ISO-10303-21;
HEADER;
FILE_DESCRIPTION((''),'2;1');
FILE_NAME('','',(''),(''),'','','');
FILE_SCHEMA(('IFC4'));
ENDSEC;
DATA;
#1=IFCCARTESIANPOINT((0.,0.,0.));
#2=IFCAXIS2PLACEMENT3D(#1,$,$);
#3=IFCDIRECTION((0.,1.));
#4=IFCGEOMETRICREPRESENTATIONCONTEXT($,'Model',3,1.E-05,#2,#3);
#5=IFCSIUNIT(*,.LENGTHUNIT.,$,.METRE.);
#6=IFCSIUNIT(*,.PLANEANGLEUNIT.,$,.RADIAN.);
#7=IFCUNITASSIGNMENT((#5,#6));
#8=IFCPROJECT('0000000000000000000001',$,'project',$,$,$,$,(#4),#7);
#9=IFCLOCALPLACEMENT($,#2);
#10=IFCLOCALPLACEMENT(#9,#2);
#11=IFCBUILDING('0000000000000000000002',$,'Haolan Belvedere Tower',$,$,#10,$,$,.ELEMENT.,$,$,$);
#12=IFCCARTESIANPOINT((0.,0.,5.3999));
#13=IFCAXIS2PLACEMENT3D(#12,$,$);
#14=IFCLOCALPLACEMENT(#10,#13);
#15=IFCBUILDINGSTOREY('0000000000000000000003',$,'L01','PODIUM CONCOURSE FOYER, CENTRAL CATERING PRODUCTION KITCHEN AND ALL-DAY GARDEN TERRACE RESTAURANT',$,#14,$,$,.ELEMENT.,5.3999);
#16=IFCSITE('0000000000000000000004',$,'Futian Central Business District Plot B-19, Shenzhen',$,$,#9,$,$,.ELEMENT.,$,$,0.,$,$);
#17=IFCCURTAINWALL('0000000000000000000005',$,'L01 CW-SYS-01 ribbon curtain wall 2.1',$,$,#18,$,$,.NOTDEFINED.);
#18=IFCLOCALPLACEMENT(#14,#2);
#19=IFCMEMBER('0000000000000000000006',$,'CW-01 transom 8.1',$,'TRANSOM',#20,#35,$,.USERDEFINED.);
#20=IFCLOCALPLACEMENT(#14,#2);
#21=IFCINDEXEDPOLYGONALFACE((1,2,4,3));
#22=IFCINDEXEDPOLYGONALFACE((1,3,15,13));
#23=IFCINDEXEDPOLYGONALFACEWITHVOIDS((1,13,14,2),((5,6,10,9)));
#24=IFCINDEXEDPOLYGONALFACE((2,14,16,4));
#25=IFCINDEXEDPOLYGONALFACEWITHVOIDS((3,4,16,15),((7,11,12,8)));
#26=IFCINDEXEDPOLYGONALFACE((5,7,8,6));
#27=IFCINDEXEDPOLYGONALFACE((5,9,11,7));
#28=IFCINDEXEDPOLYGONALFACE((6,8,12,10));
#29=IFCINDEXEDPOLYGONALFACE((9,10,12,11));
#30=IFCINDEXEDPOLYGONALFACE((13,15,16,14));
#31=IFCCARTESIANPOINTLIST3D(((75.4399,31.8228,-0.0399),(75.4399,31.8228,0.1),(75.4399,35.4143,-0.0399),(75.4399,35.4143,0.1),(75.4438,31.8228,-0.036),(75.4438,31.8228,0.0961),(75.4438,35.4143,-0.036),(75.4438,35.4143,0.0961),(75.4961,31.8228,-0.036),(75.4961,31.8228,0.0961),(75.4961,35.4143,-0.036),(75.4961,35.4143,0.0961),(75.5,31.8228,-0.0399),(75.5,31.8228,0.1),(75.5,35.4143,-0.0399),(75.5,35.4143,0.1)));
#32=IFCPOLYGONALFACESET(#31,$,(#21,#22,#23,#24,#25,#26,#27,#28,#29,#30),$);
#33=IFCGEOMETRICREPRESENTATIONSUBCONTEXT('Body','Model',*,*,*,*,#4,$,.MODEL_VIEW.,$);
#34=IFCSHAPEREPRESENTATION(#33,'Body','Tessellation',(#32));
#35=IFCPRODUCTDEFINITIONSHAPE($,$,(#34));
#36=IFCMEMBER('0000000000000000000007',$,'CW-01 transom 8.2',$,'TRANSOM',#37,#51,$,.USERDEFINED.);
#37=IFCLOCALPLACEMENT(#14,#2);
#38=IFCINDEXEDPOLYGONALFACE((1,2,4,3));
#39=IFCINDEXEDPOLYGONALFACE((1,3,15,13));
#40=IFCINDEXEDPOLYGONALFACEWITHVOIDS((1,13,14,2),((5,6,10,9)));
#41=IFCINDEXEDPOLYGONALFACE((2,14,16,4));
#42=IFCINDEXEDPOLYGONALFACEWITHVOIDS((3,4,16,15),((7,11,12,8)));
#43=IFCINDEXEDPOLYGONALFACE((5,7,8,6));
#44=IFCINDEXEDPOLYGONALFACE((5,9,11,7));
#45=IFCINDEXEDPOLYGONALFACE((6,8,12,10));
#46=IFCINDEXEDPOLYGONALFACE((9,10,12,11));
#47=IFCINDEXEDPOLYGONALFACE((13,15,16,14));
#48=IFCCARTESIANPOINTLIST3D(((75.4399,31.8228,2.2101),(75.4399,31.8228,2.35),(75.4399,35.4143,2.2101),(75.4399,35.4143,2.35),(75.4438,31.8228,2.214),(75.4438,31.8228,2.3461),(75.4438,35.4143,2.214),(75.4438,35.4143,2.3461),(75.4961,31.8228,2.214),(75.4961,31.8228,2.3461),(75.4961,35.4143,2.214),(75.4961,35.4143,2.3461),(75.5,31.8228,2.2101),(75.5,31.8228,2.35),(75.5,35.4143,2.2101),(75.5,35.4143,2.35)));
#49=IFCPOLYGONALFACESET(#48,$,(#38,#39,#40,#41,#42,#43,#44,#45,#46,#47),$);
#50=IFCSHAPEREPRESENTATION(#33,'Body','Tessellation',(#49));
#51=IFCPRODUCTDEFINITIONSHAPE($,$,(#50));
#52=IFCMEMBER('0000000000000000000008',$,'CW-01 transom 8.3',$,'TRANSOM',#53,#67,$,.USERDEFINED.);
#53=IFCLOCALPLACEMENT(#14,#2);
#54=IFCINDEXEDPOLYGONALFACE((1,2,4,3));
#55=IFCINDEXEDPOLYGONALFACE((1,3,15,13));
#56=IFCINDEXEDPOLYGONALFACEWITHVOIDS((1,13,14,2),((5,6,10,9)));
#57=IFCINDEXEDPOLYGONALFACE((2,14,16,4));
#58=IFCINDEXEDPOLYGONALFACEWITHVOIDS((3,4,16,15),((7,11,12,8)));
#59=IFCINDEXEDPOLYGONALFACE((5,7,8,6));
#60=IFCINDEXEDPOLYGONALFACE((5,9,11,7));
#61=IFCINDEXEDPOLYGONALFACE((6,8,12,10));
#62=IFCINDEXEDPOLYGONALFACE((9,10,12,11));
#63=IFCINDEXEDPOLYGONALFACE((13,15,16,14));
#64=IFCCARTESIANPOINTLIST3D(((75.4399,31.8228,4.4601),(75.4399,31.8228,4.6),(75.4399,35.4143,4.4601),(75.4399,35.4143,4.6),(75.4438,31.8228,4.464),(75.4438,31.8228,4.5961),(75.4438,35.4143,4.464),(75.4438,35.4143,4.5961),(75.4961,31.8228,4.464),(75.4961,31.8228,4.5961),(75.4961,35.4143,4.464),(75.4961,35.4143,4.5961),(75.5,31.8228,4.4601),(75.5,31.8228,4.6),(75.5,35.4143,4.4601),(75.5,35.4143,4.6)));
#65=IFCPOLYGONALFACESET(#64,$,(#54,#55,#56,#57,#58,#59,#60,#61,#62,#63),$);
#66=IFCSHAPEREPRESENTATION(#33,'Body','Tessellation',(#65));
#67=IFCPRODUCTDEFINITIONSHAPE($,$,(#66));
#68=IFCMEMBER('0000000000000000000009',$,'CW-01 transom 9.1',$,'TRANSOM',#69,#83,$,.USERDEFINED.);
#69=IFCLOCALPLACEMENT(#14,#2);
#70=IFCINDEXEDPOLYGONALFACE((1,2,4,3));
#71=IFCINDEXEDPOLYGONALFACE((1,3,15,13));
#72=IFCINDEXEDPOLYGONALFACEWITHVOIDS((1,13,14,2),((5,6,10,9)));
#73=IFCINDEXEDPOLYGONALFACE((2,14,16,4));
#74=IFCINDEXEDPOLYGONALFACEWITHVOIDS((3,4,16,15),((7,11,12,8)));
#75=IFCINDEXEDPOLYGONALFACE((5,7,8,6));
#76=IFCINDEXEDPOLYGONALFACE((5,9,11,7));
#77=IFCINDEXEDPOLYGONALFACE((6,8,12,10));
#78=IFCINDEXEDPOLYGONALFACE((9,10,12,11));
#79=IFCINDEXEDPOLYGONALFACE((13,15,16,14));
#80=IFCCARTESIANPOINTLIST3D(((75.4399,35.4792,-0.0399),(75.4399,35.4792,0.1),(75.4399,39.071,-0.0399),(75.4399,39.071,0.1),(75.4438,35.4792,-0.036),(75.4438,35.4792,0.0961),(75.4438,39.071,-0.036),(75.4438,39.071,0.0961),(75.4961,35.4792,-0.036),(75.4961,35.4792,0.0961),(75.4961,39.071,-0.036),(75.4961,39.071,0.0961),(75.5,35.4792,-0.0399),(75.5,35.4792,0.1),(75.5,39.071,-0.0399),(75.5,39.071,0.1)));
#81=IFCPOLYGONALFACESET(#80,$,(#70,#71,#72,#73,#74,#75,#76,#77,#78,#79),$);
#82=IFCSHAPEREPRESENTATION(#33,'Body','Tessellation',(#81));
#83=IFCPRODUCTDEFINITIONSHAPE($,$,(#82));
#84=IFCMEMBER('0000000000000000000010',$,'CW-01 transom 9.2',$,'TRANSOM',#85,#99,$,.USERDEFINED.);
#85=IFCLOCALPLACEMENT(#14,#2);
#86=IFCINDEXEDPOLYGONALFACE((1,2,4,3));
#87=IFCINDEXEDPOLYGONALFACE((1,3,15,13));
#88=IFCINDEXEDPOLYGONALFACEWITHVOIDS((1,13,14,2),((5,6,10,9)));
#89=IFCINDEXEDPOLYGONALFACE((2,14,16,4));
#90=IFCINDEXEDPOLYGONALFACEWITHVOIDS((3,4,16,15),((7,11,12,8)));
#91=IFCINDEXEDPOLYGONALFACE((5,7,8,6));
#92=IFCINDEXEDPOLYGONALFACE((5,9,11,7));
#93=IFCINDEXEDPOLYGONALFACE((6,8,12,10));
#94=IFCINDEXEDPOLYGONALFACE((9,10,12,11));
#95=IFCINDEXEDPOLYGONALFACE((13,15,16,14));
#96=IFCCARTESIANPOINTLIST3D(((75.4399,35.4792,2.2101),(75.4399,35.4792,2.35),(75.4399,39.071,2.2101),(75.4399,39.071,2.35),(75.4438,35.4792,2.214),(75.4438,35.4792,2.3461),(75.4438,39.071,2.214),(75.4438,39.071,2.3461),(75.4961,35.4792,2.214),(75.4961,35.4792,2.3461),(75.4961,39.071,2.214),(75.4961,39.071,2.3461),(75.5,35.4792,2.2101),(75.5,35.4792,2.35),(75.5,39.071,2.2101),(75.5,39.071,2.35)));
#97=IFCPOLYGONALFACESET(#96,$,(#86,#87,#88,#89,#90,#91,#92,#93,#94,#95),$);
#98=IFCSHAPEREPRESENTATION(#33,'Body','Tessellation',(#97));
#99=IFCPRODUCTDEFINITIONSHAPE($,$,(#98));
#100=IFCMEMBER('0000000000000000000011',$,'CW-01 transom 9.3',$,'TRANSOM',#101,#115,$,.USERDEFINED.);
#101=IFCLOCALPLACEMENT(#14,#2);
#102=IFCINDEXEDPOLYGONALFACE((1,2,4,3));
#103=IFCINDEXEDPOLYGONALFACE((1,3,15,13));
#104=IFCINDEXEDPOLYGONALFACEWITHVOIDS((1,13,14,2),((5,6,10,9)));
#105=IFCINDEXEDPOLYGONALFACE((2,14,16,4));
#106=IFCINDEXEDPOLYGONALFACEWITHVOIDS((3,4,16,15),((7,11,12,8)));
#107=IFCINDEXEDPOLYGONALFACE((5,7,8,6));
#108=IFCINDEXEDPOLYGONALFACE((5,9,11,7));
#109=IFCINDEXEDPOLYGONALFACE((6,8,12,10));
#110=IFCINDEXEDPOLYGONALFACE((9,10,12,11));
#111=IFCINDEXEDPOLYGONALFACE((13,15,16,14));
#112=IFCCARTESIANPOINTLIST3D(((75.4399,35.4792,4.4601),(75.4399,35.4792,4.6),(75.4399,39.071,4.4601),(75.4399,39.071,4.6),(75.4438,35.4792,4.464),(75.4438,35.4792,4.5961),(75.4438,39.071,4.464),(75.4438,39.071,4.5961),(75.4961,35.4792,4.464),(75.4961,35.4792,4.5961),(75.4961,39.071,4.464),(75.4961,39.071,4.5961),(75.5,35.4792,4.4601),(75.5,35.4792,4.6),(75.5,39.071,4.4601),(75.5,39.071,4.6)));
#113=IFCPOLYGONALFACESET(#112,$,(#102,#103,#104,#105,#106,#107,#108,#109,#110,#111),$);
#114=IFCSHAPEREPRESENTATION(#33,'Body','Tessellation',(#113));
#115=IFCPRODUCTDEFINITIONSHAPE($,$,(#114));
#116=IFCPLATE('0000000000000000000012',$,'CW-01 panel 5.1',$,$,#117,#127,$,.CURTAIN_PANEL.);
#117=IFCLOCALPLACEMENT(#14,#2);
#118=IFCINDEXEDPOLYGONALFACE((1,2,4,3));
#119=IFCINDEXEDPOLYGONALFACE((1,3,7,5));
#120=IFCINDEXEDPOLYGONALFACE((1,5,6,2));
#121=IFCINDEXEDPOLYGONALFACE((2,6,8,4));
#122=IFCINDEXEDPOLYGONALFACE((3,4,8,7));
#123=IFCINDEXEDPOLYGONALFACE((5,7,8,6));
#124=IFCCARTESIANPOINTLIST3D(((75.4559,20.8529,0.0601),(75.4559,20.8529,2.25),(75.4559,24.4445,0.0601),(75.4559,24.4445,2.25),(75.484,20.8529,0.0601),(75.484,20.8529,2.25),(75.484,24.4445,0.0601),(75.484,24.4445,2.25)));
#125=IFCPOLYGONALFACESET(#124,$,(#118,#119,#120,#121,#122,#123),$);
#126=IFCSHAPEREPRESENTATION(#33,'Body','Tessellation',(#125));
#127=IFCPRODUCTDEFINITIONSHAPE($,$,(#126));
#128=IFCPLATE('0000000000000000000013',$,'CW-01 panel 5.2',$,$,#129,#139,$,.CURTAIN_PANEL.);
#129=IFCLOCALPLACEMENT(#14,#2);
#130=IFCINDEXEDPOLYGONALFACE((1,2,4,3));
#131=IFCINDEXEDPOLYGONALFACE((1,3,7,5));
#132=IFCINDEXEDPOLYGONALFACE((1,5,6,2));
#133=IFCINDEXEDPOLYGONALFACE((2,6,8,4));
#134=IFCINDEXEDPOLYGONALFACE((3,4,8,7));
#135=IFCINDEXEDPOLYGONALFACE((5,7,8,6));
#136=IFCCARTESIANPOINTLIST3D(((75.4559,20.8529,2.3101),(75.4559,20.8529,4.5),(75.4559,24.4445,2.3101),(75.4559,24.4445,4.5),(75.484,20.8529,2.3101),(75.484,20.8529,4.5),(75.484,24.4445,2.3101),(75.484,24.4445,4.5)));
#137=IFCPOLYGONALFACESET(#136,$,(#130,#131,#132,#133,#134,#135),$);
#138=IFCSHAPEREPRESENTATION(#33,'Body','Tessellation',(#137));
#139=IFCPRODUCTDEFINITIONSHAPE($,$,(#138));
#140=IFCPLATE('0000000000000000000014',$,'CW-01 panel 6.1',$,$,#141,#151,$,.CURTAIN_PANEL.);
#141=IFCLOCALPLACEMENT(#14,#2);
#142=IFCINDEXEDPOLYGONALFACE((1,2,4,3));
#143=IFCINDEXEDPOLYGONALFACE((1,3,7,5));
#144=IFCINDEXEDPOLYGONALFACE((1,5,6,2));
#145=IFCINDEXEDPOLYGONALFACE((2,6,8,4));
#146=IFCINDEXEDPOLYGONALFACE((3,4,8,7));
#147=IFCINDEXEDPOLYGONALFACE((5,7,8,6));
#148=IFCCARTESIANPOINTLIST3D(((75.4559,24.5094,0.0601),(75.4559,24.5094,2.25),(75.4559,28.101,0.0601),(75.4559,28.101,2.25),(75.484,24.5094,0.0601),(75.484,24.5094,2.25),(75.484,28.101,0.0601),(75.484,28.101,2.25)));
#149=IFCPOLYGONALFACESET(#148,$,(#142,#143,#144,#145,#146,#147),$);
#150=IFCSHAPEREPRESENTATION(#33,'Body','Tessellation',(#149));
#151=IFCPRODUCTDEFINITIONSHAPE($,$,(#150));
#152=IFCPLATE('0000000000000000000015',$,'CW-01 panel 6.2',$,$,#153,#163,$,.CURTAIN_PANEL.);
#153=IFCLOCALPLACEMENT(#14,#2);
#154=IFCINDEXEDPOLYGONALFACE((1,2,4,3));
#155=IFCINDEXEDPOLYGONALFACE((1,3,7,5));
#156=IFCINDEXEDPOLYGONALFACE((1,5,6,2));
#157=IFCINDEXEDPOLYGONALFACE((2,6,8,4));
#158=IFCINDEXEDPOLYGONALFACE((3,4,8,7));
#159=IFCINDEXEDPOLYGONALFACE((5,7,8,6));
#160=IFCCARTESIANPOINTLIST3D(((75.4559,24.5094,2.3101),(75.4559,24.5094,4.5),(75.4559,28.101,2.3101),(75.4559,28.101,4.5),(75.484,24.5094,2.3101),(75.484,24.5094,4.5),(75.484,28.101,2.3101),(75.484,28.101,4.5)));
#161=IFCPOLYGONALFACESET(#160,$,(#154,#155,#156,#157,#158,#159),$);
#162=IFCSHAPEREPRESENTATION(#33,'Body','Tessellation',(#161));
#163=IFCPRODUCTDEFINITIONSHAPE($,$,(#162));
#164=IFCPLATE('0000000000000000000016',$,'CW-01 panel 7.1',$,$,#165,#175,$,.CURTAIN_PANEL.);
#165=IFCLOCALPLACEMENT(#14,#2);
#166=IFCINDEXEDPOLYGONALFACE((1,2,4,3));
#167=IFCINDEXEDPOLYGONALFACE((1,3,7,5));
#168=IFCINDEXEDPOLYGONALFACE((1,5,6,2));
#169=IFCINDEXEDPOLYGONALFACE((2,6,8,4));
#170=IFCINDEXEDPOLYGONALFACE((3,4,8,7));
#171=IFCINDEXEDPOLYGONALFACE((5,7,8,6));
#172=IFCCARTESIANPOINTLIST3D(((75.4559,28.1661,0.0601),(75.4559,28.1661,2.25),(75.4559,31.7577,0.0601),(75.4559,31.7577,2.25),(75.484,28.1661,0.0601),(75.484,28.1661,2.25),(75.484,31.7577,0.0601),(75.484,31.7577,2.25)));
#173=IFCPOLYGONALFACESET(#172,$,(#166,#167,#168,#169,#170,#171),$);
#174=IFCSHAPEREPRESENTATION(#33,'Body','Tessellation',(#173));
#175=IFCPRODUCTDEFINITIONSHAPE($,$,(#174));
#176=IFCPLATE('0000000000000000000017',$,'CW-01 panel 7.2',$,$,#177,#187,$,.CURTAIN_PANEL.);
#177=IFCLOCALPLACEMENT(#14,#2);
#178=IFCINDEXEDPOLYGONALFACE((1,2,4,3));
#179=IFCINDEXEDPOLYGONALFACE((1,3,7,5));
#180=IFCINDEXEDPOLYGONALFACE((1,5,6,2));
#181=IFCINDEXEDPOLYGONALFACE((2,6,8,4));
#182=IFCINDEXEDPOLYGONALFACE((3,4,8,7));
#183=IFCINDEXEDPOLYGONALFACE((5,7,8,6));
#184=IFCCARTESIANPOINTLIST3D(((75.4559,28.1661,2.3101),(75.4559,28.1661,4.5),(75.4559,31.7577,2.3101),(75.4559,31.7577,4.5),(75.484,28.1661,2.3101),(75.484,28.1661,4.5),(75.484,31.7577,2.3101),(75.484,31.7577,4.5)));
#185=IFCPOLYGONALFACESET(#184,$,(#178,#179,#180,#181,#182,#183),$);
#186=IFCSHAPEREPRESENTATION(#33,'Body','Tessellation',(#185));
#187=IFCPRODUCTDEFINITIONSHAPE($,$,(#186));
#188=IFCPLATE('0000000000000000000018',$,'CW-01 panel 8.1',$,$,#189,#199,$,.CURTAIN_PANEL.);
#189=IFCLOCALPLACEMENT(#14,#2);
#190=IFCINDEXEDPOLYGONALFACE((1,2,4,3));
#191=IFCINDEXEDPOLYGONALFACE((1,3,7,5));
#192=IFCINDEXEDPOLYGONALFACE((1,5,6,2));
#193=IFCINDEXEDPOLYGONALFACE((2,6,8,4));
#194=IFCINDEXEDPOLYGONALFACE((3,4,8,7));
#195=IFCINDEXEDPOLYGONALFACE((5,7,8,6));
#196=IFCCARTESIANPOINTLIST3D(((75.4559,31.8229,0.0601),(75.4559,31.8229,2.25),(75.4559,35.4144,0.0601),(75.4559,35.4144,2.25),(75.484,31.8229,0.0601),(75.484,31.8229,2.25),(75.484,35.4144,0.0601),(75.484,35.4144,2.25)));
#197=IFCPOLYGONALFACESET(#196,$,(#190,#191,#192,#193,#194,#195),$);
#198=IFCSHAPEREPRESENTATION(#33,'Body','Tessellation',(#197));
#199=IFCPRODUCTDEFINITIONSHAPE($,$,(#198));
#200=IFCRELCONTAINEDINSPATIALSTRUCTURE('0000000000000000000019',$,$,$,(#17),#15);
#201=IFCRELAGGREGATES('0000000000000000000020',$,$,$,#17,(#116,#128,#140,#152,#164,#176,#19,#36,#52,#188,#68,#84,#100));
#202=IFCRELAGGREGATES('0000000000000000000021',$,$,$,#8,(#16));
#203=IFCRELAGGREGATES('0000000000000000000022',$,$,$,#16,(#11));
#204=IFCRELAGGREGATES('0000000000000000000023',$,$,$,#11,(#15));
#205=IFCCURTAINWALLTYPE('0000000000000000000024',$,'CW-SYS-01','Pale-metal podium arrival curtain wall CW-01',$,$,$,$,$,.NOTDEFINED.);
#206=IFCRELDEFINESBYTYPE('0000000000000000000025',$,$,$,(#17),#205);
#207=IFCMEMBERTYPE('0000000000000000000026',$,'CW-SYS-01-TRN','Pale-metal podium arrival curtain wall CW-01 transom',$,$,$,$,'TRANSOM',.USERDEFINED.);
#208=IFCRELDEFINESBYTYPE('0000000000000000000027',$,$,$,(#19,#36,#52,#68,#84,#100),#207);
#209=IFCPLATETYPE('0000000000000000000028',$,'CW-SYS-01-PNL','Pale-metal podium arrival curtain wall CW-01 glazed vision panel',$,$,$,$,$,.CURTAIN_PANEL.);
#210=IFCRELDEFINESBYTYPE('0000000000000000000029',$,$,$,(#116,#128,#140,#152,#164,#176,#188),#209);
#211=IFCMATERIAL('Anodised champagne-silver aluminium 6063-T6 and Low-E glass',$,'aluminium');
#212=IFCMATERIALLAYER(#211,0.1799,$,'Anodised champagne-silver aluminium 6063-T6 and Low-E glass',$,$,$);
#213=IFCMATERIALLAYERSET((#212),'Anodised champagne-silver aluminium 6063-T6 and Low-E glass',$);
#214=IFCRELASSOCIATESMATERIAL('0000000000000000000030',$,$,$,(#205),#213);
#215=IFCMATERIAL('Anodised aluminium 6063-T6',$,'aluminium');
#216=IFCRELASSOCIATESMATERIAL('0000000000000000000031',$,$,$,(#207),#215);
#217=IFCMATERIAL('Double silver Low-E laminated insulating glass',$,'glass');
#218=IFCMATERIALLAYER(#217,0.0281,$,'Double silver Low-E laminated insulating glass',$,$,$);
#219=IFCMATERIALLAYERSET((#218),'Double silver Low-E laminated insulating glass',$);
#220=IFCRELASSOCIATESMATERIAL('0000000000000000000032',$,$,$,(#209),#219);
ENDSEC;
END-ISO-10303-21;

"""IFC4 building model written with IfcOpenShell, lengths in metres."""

from ifc_helpers import new_model, si_unit, direction, frame, origin, origin_2d, place, context, subcontext, project, spatial, rectangle, hollow_rectangle, extrude, material, layer, layer_set, material_profile, profile_set, type_object, element, aggregate, save


model = new_model("IFC4")

# Units and contexts
model_context = context("Model", 3, precision=1e-05, world=origin(), true_north=direction((0.0, 1.0)))
body_context = subcontext(model_context, "Body", "Model", "MODEL_VIEW")
ifc_project = project(units=[si_unit("LENGTHUNIT", "METRE"), si_unit("PLANEANGLEUNIT", "RADIAN")], contexts=[model_context])

# Site, building, storey
site_placement = place(None, origin())
site = spatial("IfcSite", under=ifc_project, at=site_placement, Name="Futian Central Business District Plot B-19, Shenzhen", CompositionType="ELEMENT", RefElevation=0.0)
building_placement = place(site_placement, origin())
building = spatial("IfcBuilding", under=site, at=building_placement, Name="Haolan Belvedere Tower", CompositionType="ELEMENT")
storey_placement = place(building_placement, frame((0.0, 0.0, 5.3999)))
storey = spatial("IfcBuildingStorey", under=building, at=storey_placement, Name="L01", Description="PODIUM CONCOURSE FOYER, CENTRAL CATERING PRODUCTION KITCHEN AND ALL-DAY GARDEN TERRACE RESTAURANT", CompositionType="ELEMENT", Elevation=5.3999)

# Curtain wall, members, plates
ifc_material_1 = material(Name="Anodised champagne-silver aluminium 6063-T6 and Low-E glass", Category="aluminium")
ifc_layer_1 = layer(ifc_material_1, 0.1799, Name="Anodised champagne-silver aluminium 6063-T6 and Low-E glass")
ifc_layer_set_1 = layer_set([ifc_layer_1], Name="Anodised champagne-silver aluminium 6063-T6 and Low-E glass")
curtain_wall_type = type_object("IfcCurtainWallType", Name="CW-SYS-01", Description="Pale-metal podium arrival curtain wall CW-01", PredefinedType="NOTDEFINED", material=ifc_layer_set_1)
curtain_wall_placement = place(storey_placement, origin())
curtain_wall = element("IfcCurtainWall", 1, at=curtain_wall_placement, inside=storey, type_object=curtain_wall_type, Name="L01 CW-SYS-01 ribbon curtain wall 2.1", PredefinedType="NOTDEFINED")
ifc_material_2 = material(Name="Anodised aluminium 6063-T6", Category="aluminium")
ifc_material_profile_1 = material_profile(ifc_material_2, hollow_rectangle(XDim=0.0601, YDim=0.1399, WallThickness=0.0039, at=origin_2d()), Name="Anodised aluminium 6063-T6")
ifc_profile_set_1 = profile_set([ifc_material_profile_1], Name="Anodised aluminium 6063-T6")
member_type_1 = type_object("IfcMemberType", Name="CW-SYS-01-TRN", Description="Pale-metal podium arrival curtain wall CW-01 transom", ElementType="TRANSOM", PredefinedType="USERDEFINED", material=ifc_profile_set_1)
member_1_placement = place(storey_placement, frame((75.47, 31.8228, 0.03), z_axis=(0.0, 1.0, 0.0), x_axis=(-1.0, 0.0, 0.0)))
member_1 = element("IfcMember", 2, at=member_1_placement, type_object=member_type_1, Name="CW-01 transom 8.1", ObjectType="TRANSOM", PredefinedType="USERDEFINED", context=body_context, shape_type="SweptSolid", body=[
    extrude(hollow_rectangle(XDim=0.0601, YDim=0.1399, WallThickness=0.0039, at=origin_2d()), origin(), (0.0, 0.0, 1.0), 3.5916),
])
member_2_placement = place(storey_placement, frame((75.47, 31.8228, 2.28), z_axis=(0.0, 1.0, 0.0), x_axis=(-1.0, 0.0, 0.0)))
member_2 = element("IfcMember", 3, at=member_2_placement, type_object=member_type_1, Name="CW-01 transom 8.2", ObjectType="TRANSOM", PredefinedType="USERDEFINED", context=body_context, shape_type="SweptSolid", body=[
    extrude(hollow_rectangle(XDim=0.0601, YDim=0.1399, WallThickness=0.0039, at=origin_2d()), origin(), (0.0, 0.0, 1.0), 3.5916),
])
member_3_placement = place(storey_placement, frame((75.47, 31.8228, 4.53), z_axis=(0.0, 1.0, 0.0), x_axis=(-1.0, 0.0, 0.0)))
member_3 = element("IfcMember", 4, at=member_3_placement, type_object=member_type_1, Name="CW-01 transom 8.3", ObjectType="TRANSOM", PredefinedType="USERDEFINED", context=body_context, shape_type="SweptSolid", body=[
    extrude(hollow_rectangle(XDim=0.0601, YDim=0.1399, WallThickness=0.0039, at=origin_2d()), origin(), (0.0, 0.0, 1.0), 3.5916),
])
member_4_placement = place(storey_placement, frame((75.47, 35.4792, 0.03), z_axis=(0.0, 1.0, 0.0), x_axis=(-1.0, 0.0, 0.0)))
member_4 = element("IfcMember", 5, at=member_4_placement, type_object=member_type_1, Name="CW-01 transom 9.1", ObjectType="TRANSOM", PredefinedType="USERDEFINED", context=body_context, shape_type="SweptSolid", body=[
    extrude(hollow_rectangle(XDim=0.0601, YDim=0.1399, WallThickness=0.0039, at=origin_2d()), origin(), (0.0, 0.0, 1.0), 3.5918),
])
member_5_placement = place(storey_placement, frame((75.47, 35.4792, 2.28), z_axis=(0.0, 1.0, 0.0), x_axis=(-1.0, 0.0, 0.0)))
member_5 = element("IfcMember", 6, at=member_5_placement, type_object=member_type_1, Name="CW-01 transom 9.2", ObjectType="TRANSOM", PredefinedType="USERDEFINED", context=body_context, shape_type="SweptSolid", body=[
    extrude(hollow_rectangle(XDim=0.0601, YDim=0.1399, WallThickness=0.0039, at=origin_2d()), origin(), (0.0, 0.0, 1.0), 3.5918),
])
member_6_placement = place(storey_placement, frame((75.47, 35.4792, 4.53), z_axis=(0.0, 1.0, 0.0), x_axis=(-1.0, 0.0, 0.0)))
member_6 = element("IfcMember", 7, at=member_6_placement, type_object=member_type_1, Name="CW-01 transom 9.3", ObjectType="TRANSOM", PredefinedType="USERDEFINED", context=body_context, shape_type="SweptSolid", body=[
    extrude(hollow_rectangle(XDim=0.0601, YDim=0.1399, WallThickness=0.0039, at=origin_2d()), origin(), (0.0, 0.0, 1.0), 3.5918),
])
ifc_material_3 = material(Name="Double silver Low-E laminated insulating glass", Category="glass")
ifc_layer_2 = layer(ifc_material_3, 0.0281, Name="Double silver Low-E laminated insulating glass")
ifc_layer_set_2 = layer_set([ifc_layer_2], Name="Double silver Low-E laminated insulating glass")
plate_type = type_object("IfcPlateType", Name="CW-SYS-01-PNL", Description="Pale-metal podium arrival curtain wall CW-01 glazed vision panel", PredefinedType="CURTAIN_PANEL", material=ifc_layer_set_2)
plate_1_placement = place(storey_placement, frame((75.47, 22.6487, 0.0601), z_axis=(0.0, 0.0, 1.0), x_axis=(0.0, 1.0, 0.0)))
plate_1 = element("IfcPlate", 8, at=plate_1_placement, type_object=plate_type, Name="CW-01 panel 5.1", PredefinedType="CURTAIN_PANEL", context=body_context, shape_type="SweptSolid", body=[
    extrude(rectangle(XDim=3.5916, YDim=0.0281, at=origin_2d()), origin(), (0.0, 0.0, 1.0), 2.1899),
])
plate_2_placement = place(storey_placement, frame((75.47, 22.6487, 2.3101), z_axis=(0.0, 0.0, 1.0), x_axis=(0.0, 1.0, 0.0)))
plate_2 = element("IfcPlate", 9, at=plate_2_placement, type_object=plate_type, Name="CW-01 panel 5.2", PredefinedType="CURTAIN_PANEL", context=body_context, shape_type="SweptSolid", body=[
    extrude(rectangle(XDim=3.5916, YDim=0.0281, at=origin_2d()), origin(), (0.0, 0.0, 1.0), 2.1899),
])
plate_3_placement = place(storey_placement, frame((75.47, 26.3052, 0.0601), z_axis=(0.0, 0.0, 1.0), x_axis=(0.0, 1.0, 0.0)))
plate_3 = element("IfcPlate", 10, at=plate_3_placement, type_object=plate_type, Name="CW-01 panel 6.1", PredefinedType="CURTAIN_PANEL", context=body_context, shape_type="SweptSolid", body=[
    extrude(rectangle(XDim=3.5916, YDim=0.0281, at=origin_2d()), origin(), (0.0, 0.0, 1.0), 2.1899),
])
plate_4_placement = place(storey_placement, frame((75.47, 26.3052, 2.3101), z_axis=(0.0, 0.0, 1.0), x_axis=(0.0, 1.0, 0.0)))
plate_4 = element("IfcPlate", 11, at=plate_4_placement, type_object=plate_type, Name="CW-01 panel 6.2", PredefinedType="CURTAIN_PANEL", context=body_context, shape_type="SweptSolid", body=[
    extrude(rectangle(XDim=3.5916, YDim=0.0281, at=origin_2d()), origin(), (0.0, 0.0, 1.0), 2.1899),
])
plate_5_placement = place(storey_placement, frame((75.47, 29.9619, 0.0601), z_axis=(0.0, 0.0, 1.0), x_axis=(0.0, 1.0, 0.0)))
plate_5 = element("IfcPlate", 12, at=plate_5_placement, type_object=plate_type, Name="CW-01 panel 7.1", PredefinedType="CURTAIN_PANEL", context=body_context, shape_type="SweptSolid", body=[
    extrude(rectangle(XDim=3.5916, YDim=0.0281, at=origin_2d()), origin(), (0.0, 0.0, 1.0), 2.1899),
])
plate_6_placement = place(storey_placement, frame((75.47, 29.9619, 2.3101), z_axis=(0.0, 0.0, 1.0), x_axis=(0.0, 1.0, 0.0)))
plate_6 = element("IfcPlate", 13, at=plate_6_placement, type_object=plate_type, Name="CW-01 panel 7.2", PredefinedType="CURTAIN_PANEL", context=body_context, shape_type="SweptSolid", body=[
    extrude(rectangle(XDim=3.5916, YDim=0.0281, at=origin_2d()), origin(), (0.0, 0.0, 1.0), 2.1899),
])
plate_7_placement = place(storey_placement, frame((75.47, 33.6187, 0.0601), z_axis=(0.0, 0.0, 1.0), x_axis=(0.0, 1.0, 0.0)))
plate_7 = element("IfcPlate", 14, at=plate_7_placement, type_object=plate_type, Name="CW-01 panel 8.1", PredefinedType="CURTAIN_PANEL", context=body_context, shape_type="SweptSolid", body=[
    extrude(rectangle(XDim=3.5916, YDim=0.0281, at=origin_2d()), origin(), (0.0, 0.0, 1.0), 2.1899),
])
aggregate(curtain_wall, [plate_1, plate_2, plate_3, plate_4, plate_5, plate_6, member_1, member_2, member_3, plate_7, member_4, member_5, member_6])

save(model, "model.ifc")
